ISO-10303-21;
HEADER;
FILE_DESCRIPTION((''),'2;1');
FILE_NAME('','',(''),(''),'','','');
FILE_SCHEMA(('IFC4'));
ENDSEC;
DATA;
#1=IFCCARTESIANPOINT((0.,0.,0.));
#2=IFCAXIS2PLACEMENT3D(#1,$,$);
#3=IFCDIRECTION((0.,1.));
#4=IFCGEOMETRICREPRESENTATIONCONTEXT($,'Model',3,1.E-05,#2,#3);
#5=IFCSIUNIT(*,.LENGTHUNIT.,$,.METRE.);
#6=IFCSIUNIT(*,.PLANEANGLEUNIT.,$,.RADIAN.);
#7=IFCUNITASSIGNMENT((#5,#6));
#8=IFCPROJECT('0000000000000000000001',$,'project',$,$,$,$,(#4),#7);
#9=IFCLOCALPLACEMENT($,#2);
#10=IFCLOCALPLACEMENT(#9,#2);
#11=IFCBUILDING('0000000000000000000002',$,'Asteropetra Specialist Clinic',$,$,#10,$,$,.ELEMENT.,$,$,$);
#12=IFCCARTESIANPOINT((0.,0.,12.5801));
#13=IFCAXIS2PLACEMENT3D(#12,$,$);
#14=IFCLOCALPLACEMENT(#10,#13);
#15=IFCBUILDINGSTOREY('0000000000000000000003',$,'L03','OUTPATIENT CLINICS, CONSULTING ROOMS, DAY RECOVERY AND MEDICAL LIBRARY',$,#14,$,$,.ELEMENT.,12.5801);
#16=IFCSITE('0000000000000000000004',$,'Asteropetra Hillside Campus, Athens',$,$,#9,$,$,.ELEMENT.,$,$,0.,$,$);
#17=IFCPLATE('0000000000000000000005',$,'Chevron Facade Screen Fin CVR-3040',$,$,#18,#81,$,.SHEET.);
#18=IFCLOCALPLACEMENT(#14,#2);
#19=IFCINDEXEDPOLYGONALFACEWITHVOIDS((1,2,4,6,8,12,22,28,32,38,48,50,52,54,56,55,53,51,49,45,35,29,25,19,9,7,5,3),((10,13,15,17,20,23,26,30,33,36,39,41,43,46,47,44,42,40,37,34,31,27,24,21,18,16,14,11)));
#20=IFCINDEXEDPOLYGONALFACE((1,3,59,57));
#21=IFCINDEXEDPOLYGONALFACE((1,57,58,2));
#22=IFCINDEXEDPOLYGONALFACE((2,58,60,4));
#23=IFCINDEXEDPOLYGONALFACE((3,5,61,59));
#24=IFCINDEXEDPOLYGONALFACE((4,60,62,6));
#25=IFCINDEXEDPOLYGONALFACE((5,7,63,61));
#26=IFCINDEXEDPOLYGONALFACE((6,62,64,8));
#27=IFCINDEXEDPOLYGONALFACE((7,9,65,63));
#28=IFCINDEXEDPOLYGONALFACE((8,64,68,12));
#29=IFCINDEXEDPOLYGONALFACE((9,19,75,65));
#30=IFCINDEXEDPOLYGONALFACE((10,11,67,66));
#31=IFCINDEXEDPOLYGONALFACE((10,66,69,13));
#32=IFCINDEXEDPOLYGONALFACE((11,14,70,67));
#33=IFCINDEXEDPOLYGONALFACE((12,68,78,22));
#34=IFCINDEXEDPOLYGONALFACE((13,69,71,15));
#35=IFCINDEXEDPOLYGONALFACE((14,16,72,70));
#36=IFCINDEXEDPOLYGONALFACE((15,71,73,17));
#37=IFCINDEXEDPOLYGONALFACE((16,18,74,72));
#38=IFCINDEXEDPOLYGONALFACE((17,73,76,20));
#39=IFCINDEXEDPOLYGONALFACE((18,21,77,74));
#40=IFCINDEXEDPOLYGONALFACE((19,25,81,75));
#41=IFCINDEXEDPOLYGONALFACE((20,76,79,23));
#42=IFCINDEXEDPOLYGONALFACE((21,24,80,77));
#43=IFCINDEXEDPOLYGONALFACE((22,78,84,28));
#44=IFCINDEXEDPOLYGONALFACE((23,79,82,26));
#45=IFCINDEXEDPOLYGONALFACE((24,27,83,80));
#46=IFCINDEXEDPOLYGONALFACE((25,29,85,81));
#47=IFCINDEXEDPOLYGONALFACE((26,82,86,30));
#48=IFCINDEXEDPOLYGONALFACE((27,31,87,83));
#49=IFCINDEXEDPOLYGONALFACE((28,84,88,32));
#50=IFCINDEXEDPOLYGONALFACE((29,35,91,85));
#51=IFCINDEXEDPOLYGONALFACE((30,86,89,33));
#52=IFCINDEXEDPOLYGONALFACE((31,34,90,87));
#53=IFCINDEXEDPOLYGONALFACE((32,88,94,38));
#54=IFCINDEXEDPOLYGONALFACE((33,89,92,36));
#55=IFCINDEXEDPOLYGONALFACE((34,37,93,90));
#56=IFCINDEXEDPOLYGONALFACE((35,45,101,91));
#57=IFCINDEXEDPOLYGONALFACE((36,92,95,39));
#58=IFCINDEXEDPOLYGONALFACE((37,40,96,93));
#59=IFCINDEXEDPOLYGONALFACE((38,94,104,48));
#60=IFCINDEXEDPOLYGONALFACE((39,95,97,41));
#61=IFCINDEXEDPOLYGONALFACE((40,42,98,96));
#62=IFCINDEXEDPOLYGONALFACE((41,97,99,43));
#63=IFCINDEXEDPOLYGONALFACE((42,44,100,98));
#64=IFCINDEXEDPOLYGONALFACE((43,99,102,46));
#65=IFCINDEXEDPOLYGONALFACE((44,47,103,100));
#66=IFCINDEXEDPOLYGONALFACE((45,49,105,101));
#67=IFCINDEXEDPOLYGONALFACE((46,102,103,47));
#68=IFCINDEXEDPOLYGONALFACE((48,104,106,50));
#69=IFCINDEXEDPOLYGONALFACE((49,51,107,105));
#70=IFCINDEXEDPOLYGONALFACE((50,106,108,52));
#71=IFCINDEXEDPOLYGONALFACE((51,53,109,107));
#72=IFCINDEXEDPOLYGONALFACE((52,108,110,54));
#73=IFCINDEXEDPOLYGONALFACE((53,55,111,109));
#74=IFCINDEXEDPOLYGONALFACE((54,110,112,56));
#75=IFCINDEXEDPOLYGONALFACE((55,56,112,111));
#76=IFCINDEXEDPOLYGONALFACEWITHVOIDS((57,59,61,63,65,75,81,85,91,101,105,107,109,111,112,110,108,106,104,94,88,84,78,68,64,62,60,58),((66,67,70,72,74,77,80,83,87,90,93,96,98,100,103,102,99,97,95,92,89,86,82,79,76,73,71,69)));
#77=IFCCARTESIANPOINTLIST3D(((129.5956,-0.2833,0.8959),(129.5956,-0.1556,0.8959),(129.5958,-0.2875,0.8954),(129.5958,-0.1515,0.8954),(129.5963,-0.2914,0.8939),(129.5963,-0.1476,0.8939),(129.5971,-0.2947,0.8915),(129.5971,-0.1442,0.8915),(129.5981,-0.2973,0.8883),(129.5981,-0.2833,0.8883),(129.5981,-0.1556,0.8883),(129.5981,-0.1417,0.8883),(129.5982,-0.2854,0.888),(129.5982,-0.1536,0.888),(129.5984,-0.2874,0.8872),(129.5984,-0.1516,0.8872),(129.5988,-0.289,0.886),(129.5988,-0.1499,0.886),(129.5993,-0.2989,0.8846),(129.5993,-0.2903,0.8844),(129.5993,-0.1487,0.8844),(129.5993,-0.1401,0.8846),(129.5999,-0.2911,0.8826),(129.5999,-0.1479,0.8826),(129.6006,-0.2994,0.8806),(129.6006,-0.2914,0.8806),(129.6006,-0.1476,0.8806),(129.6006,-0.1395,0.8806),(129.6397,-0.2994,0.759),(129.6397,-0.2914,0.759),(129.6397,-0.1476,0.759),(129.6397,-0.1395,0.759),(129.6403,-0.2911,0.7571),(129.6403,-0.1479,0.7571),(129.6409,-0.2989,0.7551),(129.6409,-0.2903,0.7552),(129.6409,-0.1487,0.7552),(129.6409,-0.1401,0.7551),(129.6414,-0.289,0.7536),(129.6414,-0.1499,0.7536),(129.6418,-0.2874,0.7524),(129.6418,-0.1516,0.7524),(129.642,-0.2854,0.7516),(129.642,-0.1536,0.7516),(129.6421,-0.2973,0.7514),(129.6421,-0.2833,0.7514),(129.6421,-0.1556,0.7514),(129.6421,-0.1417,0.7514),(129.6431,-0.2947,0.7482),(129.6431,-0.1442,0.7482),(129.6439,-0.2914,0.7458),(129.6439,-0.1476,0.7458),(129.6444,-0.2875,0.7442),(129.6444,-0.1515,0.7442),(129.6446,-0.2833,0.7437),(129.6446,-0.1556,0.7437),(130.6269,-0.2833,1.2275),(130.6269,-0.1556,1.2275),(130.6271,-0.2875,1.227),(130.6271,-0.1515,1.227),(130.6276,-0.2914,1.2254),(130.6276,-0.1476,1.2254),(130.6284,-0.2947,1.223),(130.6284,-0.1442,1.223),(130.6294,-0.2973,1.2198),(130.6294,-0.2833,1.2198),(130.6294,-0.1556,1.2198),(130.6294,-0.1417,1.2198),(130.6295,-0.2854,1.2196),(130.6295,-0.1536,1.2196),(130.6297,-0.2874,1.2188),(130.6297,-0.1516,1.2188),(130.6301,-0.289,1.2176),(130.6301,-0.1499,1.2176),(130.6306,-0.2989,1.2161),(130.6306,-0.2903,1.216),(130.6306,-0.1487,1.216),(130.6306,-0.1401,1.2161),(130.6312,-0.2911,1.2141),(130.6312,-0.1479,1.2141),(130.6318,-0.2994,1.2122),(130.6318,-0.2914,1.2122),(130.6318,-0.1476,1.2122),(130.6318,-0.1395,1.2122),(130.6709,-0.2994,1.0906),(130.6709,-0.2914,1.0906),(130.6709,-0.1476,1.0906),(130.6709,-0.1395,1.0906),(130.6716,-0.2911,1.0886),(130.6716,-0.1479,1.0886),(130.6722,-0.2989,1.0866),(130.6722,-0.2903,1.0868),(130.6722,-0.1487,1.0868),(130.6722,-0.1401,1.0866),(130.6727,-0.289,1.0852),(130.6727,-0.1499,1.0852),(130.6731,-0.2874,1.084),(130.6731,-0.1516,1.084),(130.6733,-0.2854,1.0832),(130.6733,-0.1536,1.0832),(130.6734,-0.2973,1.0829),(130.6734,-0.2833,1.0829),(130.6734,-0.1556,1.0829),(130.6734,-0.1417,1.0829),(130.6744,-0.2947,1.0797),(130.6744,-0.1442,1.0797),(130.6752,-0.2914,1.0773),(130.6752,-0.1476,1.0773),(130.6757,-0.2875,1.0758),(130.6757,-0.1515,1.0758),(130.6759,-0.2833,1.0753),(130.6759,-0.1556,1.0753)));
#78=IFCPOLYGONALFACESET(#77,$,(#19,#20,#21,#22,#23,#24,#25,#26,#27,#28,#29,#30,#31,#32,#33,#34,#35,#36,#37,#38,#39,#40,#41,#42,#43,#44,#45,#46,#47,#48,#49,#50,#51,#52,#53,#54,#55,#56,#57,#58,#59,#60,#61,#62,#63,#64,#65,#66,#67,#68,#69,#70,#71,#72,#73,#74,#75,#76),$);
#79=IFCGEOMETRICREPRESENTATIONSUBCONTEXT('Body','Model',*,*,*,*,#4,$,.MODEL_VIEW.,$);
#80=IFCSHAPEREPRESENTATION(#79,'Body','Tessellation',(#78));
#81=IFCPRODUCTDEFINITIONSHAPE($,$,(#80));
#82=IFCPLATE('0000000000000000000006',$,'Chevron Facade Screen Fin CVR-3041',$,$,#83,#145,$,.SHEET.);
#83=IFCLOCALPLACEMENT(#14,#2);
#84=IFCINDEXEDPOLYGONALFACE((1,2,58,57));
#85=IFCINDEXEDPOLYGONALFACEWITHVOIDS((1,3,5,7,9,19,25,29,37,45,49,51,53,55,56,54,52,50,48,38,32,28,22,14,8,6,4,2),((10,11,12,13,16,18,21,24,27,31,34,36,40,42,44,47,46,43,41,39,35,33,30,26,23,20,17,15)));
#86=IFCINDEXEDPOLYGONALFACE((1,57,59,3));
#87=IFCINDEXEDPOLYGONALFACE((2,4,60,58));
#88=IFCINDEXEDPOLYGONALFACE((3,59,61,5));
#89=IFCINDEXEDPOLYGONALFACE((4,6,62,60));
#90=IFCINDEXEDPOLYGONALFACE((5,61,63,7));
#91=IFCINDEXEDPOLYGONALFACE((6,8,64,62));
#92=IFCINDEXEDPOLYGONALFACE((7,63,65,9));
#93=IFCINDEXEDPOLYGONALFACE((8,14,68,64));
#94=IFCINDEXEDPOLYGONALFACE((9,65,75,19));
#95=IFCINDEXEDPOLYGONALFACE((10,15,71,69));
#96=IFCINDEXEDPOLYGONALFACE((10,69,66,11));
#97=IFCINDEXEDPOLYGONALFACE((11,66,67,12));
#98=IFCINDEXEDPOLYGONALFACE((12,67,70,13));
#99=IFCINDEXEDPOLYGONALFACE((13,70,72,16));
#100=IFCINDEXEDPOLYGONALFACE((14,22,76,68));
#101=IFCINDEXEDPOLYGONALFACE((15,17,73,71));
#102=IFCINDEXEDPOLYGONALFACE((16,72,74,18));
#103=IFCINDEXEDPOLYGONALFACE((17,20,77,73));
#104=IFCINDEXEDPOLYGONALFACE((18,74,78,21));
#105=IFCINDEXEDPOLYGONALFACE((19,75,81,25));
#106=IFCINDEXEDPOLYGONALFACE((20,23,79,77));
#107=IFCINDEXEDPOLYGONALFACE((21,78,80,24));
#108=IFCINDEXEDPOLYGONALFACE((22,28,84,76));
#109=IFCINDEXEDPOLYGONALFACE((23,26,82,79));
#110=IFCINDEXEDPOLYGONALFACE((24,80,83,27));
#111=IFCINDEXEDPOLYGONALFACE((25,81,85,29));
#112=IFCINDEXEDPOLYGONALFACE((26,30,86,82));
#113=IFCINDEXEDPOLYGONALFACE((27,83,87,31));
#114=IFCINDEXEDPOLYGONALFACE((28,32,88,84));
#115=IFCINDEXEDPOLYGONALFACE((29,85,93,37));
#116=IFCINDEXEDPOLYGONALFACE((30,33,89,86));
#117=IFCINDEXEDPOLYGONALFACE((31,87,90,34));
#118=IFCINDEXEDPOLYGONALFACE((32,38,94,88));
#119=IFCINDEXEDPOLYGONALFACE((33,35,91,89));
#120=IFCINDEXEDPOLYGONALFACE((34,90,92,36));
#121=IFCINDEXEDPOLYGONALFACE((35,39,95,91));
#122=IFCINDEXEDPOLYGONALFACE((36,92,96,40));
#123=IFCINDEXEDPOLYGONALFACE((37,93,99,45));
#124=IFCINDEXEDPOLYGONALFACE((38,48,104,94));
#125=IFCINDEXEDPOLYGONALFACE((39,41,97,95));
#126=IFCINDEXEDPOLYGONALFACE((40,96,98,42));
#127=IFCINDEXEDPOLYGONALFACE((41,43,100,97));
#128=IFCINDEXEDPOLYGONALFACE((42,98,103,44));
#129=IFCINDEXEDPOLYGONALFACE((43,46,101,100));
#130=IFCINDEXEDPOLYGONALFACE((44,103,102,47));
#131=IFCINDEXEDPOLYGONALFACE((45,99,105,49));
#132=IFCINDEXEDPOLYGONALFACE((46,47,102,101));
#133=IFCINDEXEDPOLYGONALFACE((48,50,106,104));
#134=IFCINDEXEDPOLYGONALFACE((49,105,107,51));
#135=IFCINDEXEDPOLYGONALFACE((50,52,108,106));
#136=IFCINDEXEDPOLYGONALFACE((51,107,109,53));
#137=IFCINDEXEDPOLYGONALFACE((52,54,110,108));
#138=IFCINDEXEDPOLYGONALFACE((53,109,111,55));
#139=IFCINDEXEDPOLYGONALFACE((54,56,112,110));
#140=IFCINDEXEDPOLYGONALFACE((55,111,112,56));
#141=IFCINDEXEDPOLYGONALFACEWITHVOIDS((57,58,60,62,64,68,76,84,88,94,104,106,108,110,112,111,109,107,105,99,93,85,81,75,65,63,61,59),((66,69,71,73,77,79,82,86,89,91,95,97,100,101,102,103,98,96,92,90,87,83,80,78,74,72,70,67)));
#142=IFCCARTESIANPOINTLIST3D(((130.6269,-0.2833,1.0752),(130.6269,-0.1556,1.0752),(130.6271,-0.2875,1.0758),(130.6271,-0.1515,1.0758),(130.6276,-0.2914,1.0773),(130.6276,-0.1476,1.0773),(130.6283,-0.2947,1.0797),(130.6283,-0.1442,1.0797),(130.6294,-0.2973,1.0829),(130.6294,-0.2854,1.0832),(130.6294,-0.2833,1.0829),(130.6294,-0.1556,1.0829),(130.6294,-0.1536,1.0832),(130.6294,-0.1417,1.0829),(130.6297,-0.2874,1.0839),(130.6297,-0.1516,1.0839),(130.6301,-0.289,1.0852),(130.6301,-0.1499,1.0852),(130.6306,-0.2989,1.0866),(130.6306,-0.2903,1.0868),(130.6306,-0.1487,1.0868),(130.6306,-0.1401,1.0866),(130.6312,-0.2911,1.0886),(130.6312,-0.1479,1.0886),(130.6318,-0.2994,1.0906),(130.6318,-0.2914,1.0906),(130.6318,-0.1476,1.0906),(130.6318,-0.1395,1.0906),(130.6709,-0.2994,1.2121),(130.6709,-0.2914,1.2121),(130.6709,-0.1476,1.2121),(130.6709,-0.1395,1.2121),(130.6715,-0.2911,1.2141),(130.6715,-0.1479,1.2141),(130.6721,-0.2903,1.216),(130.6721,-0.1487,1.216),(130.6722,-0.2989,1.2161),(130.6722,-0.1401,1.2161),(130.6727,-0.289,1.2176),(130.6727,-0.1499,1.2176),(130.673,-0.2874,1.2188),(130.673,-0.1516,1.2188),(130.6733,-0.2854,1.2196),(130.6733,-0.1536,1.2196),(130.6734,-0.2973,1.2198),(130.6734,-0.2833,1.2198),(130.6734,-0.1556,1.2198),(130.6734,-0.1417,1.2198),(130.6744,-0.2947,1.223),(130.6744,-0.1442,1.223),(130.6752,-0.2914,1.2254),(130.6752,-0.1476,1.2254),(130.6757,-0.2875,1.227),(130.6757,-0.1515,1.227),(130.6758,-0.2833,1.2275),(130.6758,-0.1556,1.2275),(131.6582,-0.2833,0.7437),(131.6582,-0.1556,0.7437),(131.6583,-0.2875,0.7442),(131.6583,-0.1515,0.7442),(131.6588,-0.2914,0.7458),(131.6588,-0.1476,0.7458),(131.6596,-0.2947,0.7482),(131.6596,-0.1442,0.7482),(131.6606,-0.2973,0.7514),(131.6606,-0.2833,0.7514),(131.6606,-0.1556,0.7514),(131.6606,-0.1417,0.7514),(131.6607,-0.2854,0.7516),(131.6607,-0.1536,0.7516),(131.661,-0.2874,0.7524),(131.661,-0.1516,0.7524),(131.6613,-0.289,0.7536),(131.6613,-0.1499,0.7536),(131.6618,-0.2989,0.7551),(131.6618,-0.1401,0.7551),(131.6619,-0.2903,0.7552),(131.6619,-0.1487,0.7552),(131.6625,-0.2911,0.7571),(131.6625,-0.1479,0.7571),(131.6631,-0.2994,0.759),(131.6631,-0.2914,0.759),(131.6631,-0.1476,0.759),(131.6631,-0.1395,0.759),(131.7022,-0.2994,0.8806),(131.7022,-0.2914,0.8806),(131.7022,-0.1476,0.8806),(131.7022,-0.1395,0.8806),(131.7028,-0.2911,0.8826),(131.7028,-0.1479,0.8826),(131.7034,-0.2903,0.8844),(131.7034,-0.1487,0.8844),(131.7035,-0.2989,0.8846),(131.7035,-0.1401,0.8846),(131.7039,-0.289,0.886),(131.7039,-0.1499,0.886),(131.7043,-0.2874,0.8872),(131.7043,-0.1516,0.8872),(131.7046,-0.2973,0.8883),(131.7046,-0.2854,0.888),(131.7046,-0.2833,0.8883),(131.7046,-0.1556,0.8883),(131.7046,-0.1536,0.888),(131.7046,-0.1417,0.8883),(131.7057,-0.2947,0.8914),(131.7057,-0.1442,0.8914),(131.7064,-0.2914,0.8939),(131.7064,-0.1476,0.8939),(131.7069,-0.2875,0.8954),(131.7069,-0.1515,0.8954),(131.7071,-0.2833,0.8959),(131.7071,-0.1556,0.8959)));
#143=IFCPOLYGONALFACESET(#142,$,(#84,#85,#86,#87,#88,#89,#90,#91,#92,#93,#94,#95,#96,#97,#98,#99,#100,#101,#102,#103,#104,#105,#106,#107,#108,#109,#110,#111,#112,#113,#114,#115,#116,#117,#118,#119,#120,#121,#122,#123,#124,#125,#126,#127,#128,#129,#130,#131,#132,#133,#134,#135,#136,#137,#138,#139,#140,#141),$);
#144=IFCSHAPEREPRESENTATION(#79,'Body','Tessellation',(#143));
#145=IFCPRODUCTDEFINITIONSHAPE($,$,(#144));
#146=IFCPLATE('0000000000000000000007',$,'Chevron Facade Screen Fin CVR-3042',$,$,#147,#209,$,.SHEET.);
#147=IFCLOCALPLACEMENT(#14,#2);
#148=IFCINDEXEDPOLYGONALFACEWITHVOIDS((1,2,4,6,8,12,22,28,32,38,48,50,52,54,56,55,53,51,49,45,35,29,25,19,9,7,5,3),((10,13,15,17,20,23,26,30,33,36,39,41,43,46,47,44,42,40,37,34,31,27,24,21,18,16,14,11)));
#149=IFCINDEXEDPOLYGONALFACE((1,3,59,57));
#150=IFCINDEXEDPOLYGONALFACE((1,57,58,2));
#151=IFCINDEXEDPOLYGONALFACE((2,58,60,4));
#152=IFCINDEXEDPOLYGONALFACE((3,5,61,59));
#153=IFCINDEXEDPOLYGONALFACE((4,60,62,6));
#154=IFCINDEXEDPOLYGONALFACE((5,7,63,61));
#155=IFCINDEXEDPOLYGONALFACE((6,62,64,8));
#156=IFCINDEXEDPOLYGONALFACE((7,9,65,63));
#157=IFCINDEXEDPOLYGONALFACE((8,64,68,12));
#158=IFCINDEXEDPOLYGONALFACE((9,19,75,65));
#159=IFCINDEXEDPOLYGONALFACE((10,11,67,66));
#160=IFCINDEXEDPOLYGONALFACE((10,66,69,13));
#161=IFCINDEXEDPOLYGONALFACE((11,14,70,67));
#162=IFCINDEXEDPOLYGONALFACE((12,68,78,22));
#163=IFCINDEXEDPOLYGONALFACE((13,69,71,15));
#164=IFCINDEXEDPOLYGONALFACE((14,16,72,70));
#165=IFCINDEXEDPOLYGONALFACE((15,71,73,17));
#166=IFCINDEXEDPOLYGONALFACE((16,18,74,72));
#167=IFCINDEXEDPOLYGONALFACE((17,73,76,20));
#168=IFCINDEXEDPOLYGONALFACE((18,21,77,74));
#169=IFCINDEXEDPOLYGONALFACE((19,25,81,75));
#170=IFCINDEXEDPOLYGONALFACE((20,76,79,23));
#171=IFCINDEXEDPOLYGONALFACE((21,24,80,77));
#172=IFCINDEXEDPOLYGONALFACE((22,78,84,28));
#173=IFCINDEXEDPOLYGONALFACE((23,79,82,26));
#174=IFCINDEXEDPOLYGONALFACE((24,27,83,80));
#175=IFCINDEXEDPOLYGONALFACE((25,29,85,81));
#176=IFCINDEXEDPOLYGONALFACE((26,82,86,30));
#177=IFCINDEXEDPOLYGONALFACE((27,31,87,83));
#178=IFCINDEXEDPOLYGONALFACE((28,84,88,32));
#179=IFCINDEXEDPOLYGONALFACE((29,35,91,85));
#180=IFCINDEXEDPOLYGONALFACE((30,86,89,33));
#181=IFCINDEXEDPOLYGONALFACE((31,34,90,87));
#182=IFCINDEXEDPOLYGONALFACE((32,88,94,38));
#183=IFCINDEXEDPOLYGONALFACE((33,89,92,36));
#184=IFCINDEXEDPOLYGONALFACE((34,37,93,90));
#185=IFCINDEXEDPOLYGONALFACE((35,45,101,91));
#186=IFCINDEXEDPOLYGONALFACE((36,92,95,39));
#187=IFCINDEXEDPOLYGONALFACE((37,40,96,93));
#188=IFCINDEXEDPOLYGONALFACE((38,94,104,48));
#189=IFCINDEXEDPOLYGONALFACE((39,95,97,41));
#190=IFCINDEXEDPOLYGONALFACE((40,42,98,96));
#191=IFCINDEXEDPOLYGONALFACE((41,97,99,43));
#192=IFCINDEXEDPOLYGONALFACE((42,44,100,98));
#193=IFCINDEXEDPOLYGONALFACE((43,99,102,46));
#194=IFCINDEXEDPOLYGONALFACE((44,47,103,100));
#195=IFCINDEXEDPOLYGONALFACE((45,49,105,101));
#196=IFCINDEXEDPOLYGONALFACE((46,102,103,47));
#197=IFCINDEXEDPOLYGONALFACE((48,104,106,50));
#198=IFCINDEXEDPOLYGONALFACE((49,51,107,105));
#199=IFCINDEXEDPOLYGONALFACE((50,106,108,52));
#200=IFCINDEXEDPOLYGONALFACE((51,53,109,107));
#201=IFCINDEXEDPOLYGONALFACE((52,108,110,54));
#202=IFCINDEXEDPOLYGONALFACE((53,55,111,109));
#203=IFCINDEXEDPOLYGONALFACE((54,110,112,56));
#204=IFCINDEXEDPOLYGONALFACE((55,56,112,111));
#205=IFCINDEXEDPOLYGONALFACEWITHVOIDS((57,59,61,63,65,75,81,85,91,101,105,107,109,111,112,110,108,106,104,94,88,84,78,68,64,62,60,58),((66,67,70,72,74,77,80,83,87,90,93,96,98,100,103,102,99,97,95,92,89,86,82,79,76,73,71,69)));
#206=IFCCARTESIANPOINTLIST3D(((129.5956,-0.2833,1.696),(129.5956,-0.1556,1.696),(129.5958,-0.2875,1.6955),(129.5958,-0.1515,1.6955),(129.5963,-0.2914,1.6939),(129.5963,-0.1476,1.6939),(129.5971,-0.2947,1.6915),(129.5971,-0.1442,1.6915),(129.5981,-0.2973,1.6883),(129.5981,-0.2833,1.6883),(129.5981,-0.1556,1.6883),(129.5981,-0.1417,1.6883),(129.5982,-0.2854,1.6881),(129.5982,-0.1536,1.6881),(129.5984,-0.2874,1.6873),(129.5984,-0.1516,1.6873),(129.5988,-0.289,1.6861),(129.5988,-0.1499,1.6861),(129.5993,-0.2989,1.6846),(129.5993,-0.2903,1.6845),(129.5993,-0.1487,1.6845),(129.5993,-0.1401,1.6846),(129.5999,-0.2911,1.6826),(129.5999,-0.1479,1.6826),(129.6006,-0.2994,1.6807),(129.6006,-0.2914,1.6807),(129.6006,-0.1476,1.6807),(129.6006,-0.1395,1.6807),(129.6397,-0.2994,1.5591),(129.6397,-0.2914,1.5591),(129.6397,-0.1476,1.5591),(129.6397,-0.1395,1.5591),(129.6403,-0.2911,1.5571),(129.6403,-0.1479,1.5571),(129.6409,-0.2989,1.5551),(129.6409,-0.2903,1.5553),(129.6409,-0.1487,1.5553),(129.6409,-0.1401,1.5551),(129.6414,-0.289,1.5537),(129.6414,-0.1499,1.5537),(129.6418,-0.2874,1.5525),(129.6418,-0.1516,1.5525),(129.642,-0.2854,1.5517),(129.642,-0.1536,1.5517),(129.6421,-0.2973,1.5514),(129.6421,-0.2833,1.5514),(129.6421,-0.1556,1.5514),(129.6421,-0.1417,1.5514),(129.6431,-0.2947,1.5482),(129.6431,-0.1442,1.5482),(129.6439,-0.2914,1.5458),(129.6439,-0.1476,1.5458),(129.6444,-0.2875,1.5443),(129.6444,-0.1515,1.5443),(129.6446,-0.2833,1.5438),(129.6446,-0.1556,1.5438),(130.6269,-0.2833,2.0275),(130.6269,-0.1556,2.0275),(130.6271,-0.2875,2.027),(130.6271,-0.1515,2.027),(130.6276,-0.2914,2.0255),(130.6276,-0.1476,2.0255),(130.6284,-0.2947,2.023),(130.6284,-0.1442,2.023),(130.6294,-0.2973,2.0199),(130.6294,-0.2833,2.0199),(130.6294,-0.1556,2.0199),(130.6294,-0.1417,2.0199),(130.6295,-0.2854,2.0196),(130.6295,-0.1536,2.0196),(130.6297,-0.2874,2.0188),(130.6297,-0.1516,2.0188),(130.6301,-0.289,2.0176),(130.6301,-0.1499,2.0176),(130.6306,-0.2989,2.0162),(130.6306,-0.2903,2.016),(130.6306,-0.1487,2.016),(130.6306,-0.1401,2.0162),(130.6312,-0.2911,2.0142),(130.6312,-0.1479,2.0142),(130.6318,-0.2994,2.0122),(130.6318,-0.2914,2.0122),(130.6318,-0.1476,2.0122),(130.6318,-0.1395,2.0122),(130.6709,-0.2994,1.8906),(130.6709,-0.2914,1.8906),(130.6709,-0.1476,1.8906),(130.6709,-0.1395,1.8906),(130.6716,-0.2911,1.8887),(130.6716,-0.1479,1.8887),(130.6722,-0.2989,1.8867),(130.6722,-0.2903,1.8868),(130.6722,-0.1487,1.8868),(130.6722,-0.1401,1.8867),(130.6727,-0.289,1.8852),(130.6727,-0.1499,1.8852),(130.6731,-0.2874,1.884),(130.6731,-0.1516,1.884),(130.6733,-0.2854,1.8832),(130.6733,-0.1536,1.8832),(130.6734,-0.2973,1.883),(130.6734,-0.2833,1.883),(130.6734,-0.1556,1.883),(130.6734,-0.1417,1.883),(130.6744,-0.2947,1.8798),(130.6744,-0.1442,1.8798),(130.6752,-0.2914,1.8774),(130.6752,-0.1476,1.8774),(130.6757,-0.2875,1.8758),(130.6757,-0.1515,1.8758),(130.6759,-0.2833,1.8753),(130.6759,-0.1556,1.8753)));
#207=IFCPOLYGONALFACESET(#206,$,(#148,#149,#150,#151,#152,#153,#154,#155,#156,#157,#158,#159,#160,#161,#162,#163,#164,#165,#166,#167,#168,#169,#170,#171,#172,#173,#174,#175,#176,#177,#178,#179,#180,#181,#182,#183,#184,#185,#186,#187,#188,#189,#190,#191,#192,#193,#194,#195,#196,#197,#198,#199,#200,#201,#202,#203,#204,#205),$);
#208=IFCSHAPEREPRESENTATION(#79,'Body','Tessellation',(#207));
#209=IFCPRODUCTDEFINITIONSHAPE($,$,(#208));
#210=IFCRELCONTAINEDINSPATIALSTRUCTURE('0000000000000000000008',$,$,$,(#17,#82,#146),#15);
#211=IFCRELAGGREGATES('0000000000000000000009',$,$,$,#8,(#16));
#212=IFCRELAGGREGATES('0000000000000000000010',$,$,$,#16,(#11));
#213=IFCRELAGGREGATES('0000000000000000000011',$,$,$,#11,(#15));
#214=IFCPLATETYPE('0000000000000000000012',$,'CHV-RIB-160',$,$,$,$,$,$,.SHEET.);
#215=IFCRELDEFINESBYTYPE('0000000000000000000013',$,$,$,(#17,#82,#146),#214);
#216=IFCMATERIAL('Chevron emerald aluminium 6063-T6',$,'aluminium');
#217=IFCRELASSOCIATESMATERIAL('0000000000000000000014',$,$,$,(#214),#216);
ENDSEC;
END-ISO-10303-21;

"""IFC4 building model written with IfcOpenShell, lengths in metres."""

from ifc_helpers import new_model, si_unit, direction, frame, origin, origin_2d, place, context, subcontext, project, spatial, hollow_rectangle, extrude, material, material_profile, profile_set, type_object, element, save


model = new_model("IFC4")

# Units and contexts
model_context = context("Model", 3, precision=1e-05, world=origin(), true_north=direction((0.0, 1.0)))
body_context = subcontext(model_context, "Body", "Model", "MODEL_VIEW")
ifc_project = project(units=[si_unit("LENGTHUNIT", "METRE"), si_unit("PLANEANGLEUNIT", "RADIAN")], contexts=[model_context])

# Site, building, storey
site_placement = place(None, origin())
site = spatial("IfcSite", under=ifc_project, at=site_placement, Name="Asteropetra Hillside Campus, Athens", CompositionType="ELEMENT", RefElevation=0.0)
building_placement = place(site_placement, origin())
building = spatial("IfcBuilding", under=site, at=building_placement, Name="Asteropetra Specialist Clinic", CompositionType="ELEMENT")
storey_placement = place(building_placement, frame((0.0, 0.0, 12.5801)))
storey = spatial("IfcBuildingStorey", under=building, at=storey_placement, Name="L03", Description="OUTPATIENT CLINICS, CONSULTING ROOMS, DAY RECOVERY AND MEDICAL LIBRARY", CompositionType="ELEMENT", Elevation=12.5801)

# Plates
ifc_material_1 = material(Name="Chevron emerald aluminium 6063-T6", Category="aluminium")
ifc_material_profile_1 = material_profile(ifc_material_1, hollow_rectangle(XDim=0.1599, YDim=0.1599, WallThickness=0.0081, InnerFilletRadius=0.0081, OuterFilletRadius=0.0161, at=origin_2d()), Name="SHS 160x160x8.0")
ifc_profile_set_1 = profile_set([ifc_material_profile_1], Name="Chevron emerald aluminium 6063-T6")
plate_type_1 = type_object("IfcPlateType", Name="CHV-RIB-160", PredefinedType="SHEET", material=ifc_profile_set_1)
for number, where, z_axis, x_axis, name in (
    (1, (129.6201, -0.2195, 0.8198), (0.95201, 0.0, 0.306068), (0.0, 1.0, 0.0), "Chevron Facade Screen Fin CVR-3040"),
    (2, (130.6514, -0.2195, 1.1514), (0.95201, 0.0, -0.306068), (0.0, 1.0, 0.0), "Chevron Facade Screen Fin CVR-3041"),
    (3, (129.6201, -0.2195, 1.6199), (0.95201, 0.0, 0.306068), (0.0, 1.0, 0.0), "Chevron Facade Screen Fin CVR-3042"),
):
    element("IfcPlate", number, at=place(storey_placement, frame(where, z_axis=z_axis, x_axis=x_axis)), inside=storey, type_object=plate_type_1, Name=name, PredefinedType="SHEET", context=body_context, shape_type="SweptSolid", body=[
        extrude(hollow_rectangle(XDim=0.1599, YDim=0.1599, WallThickness=0.0081, InnerFilletRadius=0.0081, OuterFilletRadius=0.0161, at=origin_2d()), origin(), (0.0, 0.0, 1.0), 1.0833),
    ])

save(model, "model.ifc")
